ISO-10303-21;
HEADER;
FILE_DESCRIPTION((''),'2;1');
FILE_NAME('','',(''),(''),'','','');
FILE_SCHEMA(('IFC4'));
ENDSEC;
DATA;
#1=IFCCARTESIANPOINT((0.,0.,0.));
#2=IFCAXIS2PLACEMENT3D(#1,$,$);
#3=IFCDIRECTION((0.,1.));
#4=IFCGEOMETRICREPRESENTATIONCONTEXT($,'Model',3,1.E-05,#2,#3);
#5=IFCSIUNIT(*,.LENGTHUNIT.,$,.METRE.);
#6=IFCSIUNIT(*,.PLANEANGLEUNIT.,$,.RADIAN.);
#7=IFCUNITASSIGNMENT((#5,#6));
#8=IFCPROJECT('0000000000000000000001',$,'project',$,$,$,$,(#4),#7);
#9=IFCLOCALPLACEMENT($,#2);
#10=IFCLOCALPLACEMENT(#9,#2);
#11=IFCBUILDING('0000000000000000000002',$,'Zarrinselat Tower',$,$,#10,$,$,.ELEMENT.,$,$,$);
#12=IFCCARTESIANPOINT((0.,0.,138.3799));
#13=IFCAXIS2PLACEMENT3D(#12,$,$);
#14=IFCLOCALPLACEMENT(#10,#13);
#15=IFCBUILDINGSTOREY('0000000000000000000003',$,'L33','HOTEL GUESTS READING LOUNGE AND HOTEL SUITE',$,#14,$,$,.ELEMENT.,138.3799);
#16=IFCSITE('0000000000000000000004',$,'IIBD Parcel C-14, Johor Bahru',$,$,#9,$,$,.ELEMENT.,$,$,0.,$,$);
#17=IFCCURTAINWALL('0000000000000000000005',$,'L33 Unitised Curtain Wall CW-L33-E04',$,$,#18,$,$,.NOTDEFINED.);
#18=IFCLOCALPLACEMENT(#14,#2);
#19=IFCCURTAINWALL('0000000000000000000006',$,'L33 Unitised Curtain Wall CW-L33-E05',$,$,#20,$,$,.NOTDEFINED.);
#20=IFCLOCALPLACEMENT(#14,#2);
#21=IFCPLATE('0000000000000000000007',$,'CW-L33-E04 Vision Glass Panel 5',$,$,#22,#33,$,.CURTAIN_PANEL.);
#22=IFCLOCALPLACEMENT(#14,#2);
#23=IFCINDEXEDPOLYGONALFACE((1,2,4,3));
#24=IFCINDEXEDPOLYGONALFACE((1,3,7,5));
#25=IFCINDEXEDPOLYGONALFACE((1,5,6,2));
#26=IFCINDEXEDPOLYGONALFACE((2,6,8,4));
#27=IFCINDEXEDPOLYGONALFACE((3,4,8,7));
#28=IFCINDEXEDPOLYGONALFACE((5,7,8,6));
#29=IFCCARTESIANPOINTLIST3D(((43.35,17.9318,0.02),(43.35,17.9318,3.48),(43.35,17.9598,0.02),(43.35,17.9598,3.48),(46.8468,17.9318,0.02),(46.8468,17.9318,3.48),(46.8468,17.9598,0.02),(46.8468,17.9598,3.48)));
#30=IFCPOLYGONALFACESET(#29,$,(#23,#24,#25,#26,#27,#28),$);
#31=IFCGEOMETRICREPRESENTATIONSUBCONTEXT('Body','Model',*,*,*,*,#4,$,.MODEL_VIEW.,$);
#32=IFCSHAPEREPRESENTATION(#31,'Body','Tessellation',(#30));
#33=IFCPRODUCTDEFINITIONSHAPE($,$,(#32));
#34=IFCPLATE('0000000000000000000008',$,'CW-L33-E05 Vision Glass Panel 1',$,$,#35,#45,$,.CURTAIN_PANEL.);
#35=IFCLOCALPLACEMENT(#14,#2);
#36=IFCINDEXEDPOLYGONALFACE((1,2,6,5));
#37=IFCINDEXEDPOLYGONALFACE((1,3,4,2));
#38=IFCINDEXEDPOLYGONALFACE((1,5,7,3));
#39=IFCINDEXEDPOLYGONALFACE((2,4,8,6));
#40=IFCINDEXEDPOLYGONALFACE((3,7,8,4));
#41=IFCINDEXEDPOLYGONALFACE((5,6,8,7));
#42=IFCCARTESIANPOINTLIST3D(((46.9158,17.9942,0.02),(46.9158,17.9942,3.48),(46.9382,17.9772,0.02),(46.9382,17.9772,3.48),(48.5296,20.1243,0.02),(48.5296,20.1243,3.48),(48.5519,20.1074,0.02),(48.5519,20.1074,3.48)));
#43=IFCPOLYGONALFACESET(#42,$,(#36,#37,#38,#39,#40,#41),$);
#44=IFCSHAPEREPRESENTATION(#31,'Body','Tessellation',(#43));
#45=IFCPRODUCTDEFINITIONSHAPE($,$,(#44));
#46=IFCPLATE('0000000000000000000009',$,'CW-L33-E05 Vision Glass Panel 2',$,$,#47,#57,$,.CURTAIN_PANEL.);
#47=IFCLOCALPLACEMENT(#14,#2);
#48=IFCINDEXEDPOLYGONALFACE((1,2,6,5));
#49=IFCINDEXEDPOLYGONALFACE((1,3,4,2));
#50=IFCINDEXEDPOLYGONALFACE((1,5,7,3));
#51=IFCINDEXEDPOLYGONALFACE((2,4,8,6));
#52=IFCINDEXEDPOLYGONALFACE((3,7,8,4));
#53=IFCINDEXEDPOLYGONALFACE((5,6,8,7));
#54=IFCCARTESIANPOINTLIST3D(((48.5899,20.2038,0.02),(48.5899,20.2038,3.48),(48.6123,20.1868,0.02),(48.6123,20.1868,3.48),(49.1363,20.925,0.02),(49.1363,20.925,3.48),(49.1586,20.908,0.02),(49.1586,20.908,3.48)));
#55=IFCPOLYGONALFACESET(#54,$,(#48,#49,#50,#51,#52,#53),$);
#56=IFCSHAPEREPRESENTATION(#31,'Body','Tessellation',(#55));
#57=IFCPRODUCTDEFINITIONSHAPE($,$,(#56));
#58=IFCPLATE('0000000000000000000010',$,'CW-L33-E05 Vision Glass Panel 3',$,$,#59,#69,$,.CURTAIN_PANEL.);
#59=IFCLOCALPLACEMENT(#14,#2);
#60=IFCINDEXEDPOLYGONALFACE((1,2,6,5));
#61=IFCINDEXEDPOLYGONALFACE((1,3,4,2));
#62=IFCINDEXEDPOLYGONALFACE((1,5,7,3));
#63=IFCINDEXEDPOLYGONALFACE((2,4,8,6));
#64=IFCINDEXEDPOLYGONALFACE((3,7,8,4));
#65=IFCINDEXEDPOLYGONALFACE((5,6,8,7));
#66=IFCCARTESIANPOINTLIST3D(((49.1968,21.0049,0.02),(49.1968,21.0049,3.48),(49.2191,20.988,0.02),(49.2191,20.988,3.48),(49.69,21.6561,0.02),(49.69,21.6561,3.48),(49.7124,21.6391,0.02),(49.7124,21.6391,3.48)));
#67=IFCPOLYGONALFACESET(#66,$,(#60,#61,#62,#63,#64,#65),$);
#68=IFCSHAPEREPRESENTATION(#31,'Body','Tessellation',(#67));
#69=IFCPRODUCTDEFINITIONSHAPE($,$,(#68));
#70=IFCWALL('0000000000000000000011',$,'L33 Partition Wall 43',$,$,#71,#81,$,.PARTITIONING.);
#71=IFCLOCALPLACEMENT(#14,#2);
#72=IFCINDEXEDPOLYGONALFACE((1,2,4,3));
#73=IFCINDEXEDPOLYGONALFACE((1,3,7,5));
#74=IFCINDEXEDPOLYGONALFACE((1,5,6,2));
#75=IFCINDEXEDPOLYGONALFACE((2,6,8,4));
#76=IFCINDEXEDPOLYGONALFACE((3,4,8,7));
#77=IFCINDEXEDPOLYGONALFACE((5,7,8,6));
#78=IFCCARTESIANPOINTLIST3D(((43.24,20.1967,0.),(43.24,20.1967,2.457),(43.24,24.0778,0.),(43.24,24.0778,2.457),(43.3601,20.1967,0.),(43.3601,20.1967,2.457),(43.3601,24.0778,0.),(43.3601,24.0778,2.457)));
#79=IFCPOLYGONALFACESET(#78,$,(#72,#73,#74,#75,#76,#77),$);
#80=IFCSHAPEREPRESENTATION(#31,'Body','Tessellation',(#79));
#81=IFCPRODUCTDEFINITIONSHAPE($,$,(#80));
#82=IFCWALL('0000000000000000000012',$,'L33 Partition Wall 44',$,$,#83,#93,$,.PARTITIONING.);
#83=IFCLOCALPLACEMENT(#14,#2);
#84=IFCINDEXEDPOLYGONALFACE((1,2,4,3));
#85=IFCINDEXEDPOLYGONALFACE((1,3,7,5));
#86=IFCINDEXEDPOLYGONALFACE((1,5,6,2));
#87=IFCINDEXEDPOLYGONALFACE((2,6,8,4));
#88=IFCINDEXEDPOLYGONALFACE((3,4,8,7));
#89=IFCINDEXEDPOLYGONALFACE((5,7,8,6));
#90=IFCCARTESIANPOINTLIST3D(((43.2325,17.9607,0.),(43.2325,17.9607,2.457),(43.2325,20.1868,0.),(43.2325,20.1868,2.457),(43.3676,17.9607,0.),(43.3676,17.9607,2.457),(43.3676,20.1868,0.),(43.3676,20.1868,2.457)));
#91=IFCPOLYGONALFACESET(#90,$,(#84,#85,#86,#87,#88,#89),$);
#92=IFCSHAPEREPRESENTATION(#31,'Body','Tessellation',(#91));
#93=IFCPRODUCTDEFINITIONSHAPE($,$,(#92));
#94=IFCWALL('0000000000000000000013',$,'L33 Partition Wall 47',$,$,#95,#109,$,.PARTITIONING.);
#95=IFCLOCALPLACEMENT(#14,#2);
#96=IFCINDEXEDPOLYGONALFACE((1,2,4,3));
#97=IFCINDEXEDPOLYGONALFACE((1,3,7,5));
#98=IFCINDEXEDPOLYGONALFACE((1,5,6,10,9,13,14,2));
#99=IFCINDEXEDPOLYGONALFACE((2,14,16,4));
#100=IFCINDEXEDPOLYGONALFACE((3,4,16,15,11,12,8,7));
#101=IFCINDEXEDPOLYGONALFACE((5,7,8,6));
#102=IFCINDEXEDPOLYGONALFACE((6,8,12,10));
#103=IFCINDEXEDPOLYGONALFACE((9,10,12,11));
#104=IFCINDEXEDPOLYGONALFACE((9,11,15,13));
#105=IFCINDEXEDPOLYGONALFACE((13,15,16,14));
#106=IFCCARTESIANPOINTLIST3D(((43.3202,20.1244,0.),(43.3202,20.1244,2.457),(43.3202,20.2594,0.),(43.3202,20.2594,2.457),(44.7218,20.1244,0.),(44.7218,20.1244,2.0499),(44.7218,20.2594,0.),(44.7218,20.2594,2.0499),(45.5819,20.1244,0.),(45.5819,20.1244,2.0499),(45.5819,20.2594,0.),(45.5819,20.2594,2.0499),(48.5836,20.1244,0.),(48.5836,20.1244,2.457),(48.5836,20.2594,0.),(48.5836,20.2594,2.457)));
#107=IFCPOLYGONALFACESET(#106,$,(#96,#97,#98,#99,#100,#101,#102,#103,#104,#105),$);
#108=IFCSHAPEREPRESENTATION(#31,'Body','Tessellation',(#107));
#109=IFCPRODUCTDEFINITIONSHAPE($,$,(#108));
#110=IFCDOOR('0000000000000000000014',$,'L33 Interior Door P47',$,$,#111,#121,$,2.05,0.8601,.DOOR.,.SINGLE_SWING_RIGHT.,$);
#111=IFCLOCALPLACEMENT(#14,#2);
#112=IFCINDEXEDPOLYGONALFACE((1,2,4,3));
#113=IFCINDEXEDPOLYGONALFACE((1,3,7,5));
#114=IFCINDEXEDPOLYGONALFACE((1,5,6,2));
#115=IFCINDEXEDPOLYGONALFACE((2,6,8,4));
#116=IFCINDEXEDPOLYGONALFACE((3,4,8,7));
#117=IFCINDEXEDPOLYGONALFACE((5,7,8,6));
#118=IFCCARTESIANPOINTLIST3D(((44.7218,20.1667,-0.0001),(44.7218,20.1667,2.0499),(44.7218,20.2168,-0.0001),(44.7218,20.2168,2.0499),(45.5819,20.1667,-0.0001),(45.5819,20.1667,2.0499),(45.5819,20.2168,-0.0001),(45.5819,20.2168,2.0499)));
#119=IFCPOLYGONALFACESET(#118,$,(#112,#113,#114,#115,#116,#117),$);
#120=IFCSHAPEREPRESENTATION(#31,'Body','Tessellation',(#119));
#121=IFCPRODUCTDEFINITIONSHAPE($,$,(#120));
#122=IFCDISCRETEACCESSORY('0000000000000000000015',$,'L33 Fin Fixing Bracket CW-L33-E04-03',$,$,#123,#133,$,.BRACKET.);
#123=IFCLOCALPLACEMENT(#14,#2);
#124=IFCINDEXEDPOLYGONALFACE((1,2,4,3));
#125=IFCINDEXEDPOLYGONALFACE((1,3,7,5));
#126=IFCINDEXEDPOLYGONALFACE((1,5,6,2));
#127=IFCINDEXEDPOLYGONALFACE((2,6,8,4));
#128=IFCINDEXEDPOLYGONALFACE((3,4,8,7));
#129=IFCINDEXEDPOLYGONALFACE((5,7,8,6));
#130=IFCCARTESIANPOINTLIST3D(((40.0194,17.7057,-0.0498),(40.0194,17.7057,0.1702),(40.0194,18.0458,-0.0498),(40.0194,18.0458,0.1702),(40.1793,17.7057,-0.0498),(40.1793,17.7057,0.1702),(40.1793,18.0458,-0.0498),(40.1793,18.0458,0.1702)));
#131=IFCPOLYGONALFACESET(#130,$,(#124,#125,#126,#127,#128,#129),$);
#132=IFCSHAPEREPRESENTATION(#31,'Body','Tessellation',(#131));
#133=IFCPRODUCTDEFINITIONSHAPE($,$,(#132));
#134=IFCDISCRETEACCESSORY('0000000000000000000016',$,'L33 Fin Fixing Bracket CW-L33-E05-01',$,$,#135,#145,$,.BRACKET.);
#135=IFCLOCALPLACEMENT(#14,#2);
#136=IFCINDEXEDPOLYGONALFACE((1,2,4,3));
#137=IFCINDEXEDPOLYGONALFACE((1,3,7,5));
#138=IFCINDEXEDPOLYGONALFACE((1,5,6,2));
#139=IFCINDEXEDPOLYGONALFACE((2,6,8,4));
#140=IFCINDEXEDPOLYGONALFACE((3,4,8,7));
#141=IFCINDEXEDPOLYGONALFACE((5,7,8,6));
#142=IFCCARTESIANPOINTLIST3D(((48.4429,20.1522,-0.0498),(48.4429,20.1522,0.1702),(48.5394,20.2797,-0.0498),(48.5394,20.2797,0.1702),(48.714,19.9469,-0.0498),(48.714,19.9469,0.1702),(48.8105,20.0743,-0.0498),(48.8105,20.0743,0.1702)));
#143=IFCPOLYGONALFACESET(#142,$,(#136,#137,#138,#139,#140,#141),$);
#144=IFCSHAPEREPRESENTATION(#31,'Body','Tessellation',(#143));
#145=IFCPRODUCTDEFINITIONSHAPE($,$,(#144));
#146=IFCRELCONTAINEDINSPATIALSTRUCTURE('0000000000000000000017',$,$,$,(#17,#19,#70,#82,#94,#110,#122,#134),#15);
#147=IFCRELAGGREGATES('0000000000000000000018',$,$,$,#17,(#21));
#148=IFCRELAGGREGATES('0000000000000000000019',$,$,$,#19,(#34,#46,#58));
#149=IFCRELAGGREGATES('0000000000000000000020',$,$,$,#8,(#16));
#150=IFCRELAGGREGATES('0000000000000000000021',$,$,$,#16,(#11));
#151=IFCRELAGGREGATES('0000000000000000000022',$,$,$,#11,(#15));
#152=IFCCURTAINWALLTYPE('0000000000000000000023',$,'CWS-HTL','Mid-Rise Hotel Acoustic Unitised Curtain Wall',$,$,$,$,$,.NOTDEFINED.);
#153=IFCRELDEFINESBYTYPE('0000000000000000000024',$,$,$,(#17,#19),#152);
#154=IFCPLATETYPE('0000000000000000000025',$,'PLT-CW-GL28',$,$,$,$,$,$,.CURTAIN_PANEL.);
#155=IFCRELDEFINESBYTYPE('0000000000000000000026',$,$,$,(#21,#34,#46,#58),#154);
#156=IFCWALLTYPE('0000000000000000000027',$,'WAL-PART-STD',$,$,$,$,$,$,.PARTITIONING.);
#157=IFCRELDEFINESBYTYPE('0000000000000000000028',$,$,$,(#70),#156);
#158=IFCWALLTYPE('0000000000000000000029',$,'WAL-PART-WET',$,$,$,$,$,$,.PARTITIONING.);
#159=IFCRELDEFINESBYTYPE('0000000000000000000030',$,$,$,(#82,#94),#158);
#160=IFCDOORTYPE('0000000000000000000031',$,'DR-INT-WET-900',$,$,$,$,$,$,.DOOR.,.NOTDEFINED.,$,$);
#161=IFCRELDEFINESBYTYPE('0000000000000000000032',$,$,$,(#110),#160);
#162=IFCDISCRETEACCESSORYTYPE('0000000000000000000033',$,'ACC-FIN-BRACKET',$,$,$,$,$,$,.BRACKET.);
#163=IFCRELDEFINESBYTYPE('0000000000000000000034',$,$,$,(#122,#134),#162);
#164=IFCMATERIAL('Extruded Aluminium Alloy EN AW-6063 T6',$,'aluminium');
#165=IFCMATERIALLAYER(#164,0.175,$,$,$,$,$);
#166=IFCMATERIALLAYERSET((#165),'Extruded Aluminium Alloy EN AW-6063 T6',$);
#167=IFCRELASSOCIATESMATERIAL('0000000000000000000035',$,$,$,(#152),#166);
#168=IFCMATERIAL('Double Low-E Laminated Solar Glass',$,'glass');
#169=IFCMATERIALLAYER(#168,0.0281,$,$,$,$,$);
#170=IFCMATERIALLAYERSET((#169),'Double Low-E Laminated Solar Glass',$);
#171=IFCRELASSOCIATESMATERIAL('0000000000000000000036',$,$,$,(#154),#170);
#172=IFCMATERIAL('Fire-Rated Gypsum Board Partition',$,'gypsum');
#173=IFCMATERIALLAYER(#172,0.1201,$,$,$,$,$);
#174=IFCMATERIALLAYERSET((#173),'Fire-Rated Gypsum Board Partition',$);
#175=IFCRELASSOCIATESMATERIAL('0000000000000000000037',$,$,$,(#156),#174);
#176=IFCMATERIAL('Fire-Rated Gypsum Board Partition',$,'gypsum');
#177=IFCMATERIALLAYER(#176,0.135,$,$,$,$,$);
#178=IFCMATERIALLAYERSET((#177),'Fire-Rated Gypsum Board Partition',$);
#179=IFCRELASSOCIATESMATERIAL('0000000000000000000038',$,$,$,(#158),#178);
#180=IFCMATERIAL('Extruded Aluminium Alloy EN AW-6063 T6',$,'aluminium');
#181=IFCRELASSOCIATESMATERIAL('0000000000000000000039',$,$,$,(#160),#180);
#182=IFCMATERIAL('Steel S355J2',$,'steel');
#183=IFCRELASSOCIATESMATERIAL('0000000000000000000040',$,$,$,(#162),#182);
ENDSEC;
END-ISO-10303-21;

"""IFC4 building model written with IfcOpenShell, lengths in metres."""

from ifc_helpers import new_model, si_unit, direction, frame, frame_2d, origin, origin_2d, place, context, subcontext, project, spatial, rectangle, extrude, material, layer, layer_set, type_object, element, fill, aggregate, save


model = new_model("IFC4")

# Units and contexts
model_context = context("Model", 3, precision=1e-05, world=origin(), true_north=direction((0.0, 1.0)))
body_context = subcontext(model_context, "Body", "Model", "MODEL_VIEW")
ifc_project = project(units=[si_unit("LENGTHUNIT", "METRE"), si_unit("PLANEANGLEUNIT", "RADIAN")], contexts=[model_context])

# Site, building, storey
site_placement = place(None, origin())
site = spatial("IfcSite", under=ifc_project, at=site_placement, Name="IIBD Parcel C-14, Johor Bahru", CompositionType="ELEMENT", RefElevation=0.0)
building_placement = place(site_placement, origin())
building = spatial("IfcBuilding", under=site, at=building_placement, Name="Zarrinselat Tower", CompositionType="ELEMENT")
storey_placement = place(building_placement, frame((0.0, 0.0, 138.3799)))
storey = spatial("IfcBuildingStorey", under=building, at=storey_placement, Name="L33", Description="HOTEL GUESTS READING LOUNGE AND HOTEL SUITE", CompositionType="ELEMENT", Elevation=138.3799)

# Curtain walls
ifc_material_1 = material(Name="Extruded Aluminium Alloy EN AW-6063 T6", Category="aluminium")
ifc_layer_1 = layer(ifc_material_1, 0.175)
ifc_layer_set_1 = layer_set([ifc_layer_1], Name="Extruded Aluminium Alloy EN AW-6063 T6")
curtain_wall_type = type_object("IfcCurtainWallType", Name="CWS-HTL", Description="Mid-Rise Hotel Acoustic Unitised Curtain Wall", PredefinedType="NOTDEFINED", material=ifc_layer_set_1)
curtain_wall_1_placement = place(storey_placement, origin())
curtain_wall_1 = element("IfcCurtainWall", 1, at=curtain_wall_1_placement, inside=storey, type_object=curtain_wall_type, Name="L33 Unitised Curtain Wall CW-L33-E04", PredefinedType="NOTDEFINED")
curtain_wall_2_placement = place(storey_placement, origin())
curtain_wall_2 = element("IfcCurtainWall", 2, at=curtain_wall_2_placement, inside=storey, type_object=curtain_wall_type, Name="L33 Unitised Curtain Wall CW-L33-E05", PredefinedType="NOTDEFINED")

# Plates
ifc_material_2 = material(Name="Double Low-E Laminated Solar Glass", Category="glass")
ifc_layer_2 = layer(ifc_material_2, 0.0281)
ifc_layer_set_2 = layer_set([ifc_layer_2], Name="Double Low-E Laminated Solar Glass")
plate_type = type_object("IfcPlateType", Name="PLT-CW-GL28", PredefinedType="CURTAIN_PANEL", material=ifc_layer_set_2)
plate_1_placement = place(storey_placement, frame((45.0984, 17.9458, 0.02), z_axis=(0.0, 0.0, 1.0), x_axis=(1.0, 0.0, 0.0)))
plate_1 = element("IfcPlate", 3, at=plate_1_placement, type_object=plate_type, Name="CW-L33-E04 Vision Glass Panel 5", PredefinedType="CURTAIN_PANEL", context=body_context, shape_type="SweptSolid", body=[
    extrude(rectangle(XDim=3.4968, YDim=0.0281, at=origin_2d()), origin(), (0.0, 0.0, 1.0), 3.46),
])
aggregate(curtain_wall_1, [plate_1])
plate_2_placement = place(storey_placement, frame((47.7339, 19.0508, 0.02), z_axis=(0.0, 0.0, 1.0), x_axis=(0.603856, 0.797094, 0.0)))
plate_2 = element("IfcPlate", 4, at=plate_2_placement, type_object=plate_type, Name="CW-L33-E05 Vision Glass Panel 1", PredefinedType="CURTAIN_PANEL", context=body_context, shape_type="SweptSolid", body=[
    extrude(rectangle(XDim=2.6724, YDim=0.0281, at=origin_2d()), origin(), (0.0, 0.0, 1.0), 3.46),
])
plate_3_placement = place(storey_placement, frame((48.8743, 20.5559, 0.02), z_axis=(0.0, 0.0, 1.0), x_axis=(0.603856, 0.797094, 0.0)))
plate_3 = element("IfcPlate", 5, at=plate_3_placement, type_object=plate_type, Name="CW-L33-E05 Vision Glass Panel 2", PredefinedType="CURTAIN_PANEL", context=body_context, shape_type="SweptSolid", body=[
    extrude(rectangle(XDim=0.9048, YDim=0.0281, at=origin_2d()), origin(), (0.0, 0.0, 1.0), 3.46),
])
plate_4_placement = place(storey_placement, frame((49.4546, 21.322, 0.02), z_axis=(0.0, 0.0, 1.0), x_axis=(0.603856, 0.797094, 0.0)))
plate_4 = element("IfcPlate", 6, at=plate_4_placement, type_object=plate_type, Name="CW-L33-E05 Vision Glass Panel 3", PredefinedType="CURTAIN_PANEL", context=body_context, shape_type="SweptSolid", body=[
    extrude(rectangle(XDim=0.8169, YDim=0.0281, at=origin_2d()), origin(), (0.0, 0.0, 1.0), 3.46),
])
aggregate(curtain_wall_2, [plate_2, plate_3, plate_4])

# Walls
ifc_material_3 = material(Name="Fire-Rated Gypsum Board Partition", Category="gypsum")
ifc_layer_3 = layer(ifc_material_3, 0.1201)
ifc_layer_set_3 = layer_set([ifc_layer_3], Name="Fire-Rated Gypsum Board Partition")
wall_type_1 = type_object("IfcWallType", Name="WAL-PART-STD", PredefinedType="PARTITIONING", material=ifc_layer_set_3)
wall_1_placement = place(storey_placement, frame((43.3, 20.1968, 0.0), z_axis=(0.0, 0.0, 1.0), x_axis=(0.0, 1.0, 0.0)))
element("IfcWall", 7, at=wall_1_placement, inside=storey, type_object=wall_type_1, Name="L33 Partition Wall 43", PredefinedType="PARTITIONING", context=body_context, shape_type="SweptSolid", body=[
    extrude(rectangle(XDim=3.8811, YDim=0.1201, at=frame_2d((1.9404, 0.0))), origin(), (0.0, 0.0, 1.0), 2.457),
])
ifc_material_4 = material(Name="Fire-Rated Gypsum Board Partition", Category="gypsum")
ifc_layer_4 = layer(ifc_material_4, 0.135)
ifc_layer_set_4 = layer_set([ifc_layer_4], Name="Fire-Rated Gypsum Board Partition")
wall_type_2 = type_object("IfcWallType", Name="WAL-PART-WET", PredefinedType="PARTITIONING", material=ifc_layer_set_4)
wall_2_placement = place(storey_placement, frame((43.3, 17.9607, 0.0), z_axis=(0.0, 0.0, 1.0), x_axis=(0.0, 1.0, 0.0)))
element("IfcWall", 8, at=wall_2_placement, inside=storey, type_object=wall_type_2, Name="L33 Partition Wall 44", PredefinedType="PARTITIONING", context=body_context, shape_type="SweptSolid", body=[
    extrude(rectangle(XDim=2.2261, YDim=0.135, at=frame_2d((1.113, 0.0))), origin(), (0.0, 0.0, 1.0), 2.457),
])

# Wall, opening, door
wall_3_placement = place(storey_placement, frame((43.3201, 20.1919, 0.0), z_axis=(0.0, 0.0, 1.0), x_axis=(1.0, 0.0, 0.0)))
wall_3 = element("IfcWall", 9, at=wall_3_placement, inside=storey, type_object=wall_type_2, Name="L33 Partition Wall 47", PredefinedType="PARTITIONING", context=body_context, shape_type="SweptSolid", body=[
    extrude(rectangle(XDim=5.2634, YDim=0.135, at=frame_2d((2.6318, 0.0))), origin(), (0.0, 0.0, 1.0), 2.457),
])
opening_placement = place(wall_3_placement, frame((1.4016, 0.0, 0.0)))
opening = element("IfcOpeningElement", 10, at=opening_placement, cuts=wall_3, PredefinedType="OPENING", context=body_context, shape_type="SweptSolid", body=[
    extrude(rectangle(XDim=0.8601, YDim=2.05, at=frame_2d((0.4302, 1.0249))), frame((0.0, 0.0774, 0.0), z_axis=(0.0, -1.0, 0.0), x_axis=(1.0, 0.0, 0.0)), (0.0, 0.0, 1.0), 0.155),
])
ifc_material_5 = material(Name="Extruded Aluminium Alloy EN AW-6063 T6", Category="aluminium")
door_type = type_object("IfcDoorType", Name="DR-INT-WET-900", OperationType="NOTDEFINED", PredefinedType="DOOR", material=ifc_material_5)
door_placement = place(opening_placement, origin())
door = element("IfcDoor", 11, at=door_placement, inside=storey, type_object=door_type, Name="L33 Interior Door P47", OperationType="SINGLE_SWING_RIGHT", OverallHeight=2.05, OverallWidth=0.8601, PredefinedType="DOOR", context=body_context, shape_type="SweptSolid", body=[
    extrude(rectangle(XDim=0.8601, YDim=2.05, at=frame_2d((0.4302, 1.0249))), frame((0.0, 0.0249, 0.0), z_axis=(0.0, -1.0, 0.0), x_axis=(1.0, 0.0, 0.0)), (0.0, 0.0, 1.0), 0.05),
])
fill(opening, door)

# Discrete accessories
ifc_material_6 = material(Name="Steel S355J2", Category="steel")
discrete_accessory_type = type_object("IfcDiscreteAccessoryType", Name="ACC-FIN-BRACKET", PredefinedType="BRACKET", material=ifc_material_6)
for number, where, z_axis, x_axis, name in (
    (12, (40.0994, 17.8757, -0.0498), (0.0, 0.0, 1.0), (0.0, -1.0, 0.0), "L33 Fin Fixing Bracket CW-L33-E04-03"),
    (13, (48.6267, 20.1133, -0.0498), (0.0, 0.0, 1.0), (0.797094, -0.603856, 0.0), "L33 Fin Fixing Bracket CW-L33-E05-01"),
):
    element("IfcDiscreteAccessory", number, at=place(storey_placement, frame(where, z_axis=z_axis, x_axis=x_axis)), inside=storey, type_object=discrete_accessory_type, Name=name, PredefinedType="BRACKET", context=body_context, shape_type="SweptSolid", body=[
        extrude(rectangle(XDim=0.3401, YDim=0.1599, at=origin_2d()), origin(), (0.0, 0.0, 1.0), 0.22),
    ])

save(model, "model.ifc")
